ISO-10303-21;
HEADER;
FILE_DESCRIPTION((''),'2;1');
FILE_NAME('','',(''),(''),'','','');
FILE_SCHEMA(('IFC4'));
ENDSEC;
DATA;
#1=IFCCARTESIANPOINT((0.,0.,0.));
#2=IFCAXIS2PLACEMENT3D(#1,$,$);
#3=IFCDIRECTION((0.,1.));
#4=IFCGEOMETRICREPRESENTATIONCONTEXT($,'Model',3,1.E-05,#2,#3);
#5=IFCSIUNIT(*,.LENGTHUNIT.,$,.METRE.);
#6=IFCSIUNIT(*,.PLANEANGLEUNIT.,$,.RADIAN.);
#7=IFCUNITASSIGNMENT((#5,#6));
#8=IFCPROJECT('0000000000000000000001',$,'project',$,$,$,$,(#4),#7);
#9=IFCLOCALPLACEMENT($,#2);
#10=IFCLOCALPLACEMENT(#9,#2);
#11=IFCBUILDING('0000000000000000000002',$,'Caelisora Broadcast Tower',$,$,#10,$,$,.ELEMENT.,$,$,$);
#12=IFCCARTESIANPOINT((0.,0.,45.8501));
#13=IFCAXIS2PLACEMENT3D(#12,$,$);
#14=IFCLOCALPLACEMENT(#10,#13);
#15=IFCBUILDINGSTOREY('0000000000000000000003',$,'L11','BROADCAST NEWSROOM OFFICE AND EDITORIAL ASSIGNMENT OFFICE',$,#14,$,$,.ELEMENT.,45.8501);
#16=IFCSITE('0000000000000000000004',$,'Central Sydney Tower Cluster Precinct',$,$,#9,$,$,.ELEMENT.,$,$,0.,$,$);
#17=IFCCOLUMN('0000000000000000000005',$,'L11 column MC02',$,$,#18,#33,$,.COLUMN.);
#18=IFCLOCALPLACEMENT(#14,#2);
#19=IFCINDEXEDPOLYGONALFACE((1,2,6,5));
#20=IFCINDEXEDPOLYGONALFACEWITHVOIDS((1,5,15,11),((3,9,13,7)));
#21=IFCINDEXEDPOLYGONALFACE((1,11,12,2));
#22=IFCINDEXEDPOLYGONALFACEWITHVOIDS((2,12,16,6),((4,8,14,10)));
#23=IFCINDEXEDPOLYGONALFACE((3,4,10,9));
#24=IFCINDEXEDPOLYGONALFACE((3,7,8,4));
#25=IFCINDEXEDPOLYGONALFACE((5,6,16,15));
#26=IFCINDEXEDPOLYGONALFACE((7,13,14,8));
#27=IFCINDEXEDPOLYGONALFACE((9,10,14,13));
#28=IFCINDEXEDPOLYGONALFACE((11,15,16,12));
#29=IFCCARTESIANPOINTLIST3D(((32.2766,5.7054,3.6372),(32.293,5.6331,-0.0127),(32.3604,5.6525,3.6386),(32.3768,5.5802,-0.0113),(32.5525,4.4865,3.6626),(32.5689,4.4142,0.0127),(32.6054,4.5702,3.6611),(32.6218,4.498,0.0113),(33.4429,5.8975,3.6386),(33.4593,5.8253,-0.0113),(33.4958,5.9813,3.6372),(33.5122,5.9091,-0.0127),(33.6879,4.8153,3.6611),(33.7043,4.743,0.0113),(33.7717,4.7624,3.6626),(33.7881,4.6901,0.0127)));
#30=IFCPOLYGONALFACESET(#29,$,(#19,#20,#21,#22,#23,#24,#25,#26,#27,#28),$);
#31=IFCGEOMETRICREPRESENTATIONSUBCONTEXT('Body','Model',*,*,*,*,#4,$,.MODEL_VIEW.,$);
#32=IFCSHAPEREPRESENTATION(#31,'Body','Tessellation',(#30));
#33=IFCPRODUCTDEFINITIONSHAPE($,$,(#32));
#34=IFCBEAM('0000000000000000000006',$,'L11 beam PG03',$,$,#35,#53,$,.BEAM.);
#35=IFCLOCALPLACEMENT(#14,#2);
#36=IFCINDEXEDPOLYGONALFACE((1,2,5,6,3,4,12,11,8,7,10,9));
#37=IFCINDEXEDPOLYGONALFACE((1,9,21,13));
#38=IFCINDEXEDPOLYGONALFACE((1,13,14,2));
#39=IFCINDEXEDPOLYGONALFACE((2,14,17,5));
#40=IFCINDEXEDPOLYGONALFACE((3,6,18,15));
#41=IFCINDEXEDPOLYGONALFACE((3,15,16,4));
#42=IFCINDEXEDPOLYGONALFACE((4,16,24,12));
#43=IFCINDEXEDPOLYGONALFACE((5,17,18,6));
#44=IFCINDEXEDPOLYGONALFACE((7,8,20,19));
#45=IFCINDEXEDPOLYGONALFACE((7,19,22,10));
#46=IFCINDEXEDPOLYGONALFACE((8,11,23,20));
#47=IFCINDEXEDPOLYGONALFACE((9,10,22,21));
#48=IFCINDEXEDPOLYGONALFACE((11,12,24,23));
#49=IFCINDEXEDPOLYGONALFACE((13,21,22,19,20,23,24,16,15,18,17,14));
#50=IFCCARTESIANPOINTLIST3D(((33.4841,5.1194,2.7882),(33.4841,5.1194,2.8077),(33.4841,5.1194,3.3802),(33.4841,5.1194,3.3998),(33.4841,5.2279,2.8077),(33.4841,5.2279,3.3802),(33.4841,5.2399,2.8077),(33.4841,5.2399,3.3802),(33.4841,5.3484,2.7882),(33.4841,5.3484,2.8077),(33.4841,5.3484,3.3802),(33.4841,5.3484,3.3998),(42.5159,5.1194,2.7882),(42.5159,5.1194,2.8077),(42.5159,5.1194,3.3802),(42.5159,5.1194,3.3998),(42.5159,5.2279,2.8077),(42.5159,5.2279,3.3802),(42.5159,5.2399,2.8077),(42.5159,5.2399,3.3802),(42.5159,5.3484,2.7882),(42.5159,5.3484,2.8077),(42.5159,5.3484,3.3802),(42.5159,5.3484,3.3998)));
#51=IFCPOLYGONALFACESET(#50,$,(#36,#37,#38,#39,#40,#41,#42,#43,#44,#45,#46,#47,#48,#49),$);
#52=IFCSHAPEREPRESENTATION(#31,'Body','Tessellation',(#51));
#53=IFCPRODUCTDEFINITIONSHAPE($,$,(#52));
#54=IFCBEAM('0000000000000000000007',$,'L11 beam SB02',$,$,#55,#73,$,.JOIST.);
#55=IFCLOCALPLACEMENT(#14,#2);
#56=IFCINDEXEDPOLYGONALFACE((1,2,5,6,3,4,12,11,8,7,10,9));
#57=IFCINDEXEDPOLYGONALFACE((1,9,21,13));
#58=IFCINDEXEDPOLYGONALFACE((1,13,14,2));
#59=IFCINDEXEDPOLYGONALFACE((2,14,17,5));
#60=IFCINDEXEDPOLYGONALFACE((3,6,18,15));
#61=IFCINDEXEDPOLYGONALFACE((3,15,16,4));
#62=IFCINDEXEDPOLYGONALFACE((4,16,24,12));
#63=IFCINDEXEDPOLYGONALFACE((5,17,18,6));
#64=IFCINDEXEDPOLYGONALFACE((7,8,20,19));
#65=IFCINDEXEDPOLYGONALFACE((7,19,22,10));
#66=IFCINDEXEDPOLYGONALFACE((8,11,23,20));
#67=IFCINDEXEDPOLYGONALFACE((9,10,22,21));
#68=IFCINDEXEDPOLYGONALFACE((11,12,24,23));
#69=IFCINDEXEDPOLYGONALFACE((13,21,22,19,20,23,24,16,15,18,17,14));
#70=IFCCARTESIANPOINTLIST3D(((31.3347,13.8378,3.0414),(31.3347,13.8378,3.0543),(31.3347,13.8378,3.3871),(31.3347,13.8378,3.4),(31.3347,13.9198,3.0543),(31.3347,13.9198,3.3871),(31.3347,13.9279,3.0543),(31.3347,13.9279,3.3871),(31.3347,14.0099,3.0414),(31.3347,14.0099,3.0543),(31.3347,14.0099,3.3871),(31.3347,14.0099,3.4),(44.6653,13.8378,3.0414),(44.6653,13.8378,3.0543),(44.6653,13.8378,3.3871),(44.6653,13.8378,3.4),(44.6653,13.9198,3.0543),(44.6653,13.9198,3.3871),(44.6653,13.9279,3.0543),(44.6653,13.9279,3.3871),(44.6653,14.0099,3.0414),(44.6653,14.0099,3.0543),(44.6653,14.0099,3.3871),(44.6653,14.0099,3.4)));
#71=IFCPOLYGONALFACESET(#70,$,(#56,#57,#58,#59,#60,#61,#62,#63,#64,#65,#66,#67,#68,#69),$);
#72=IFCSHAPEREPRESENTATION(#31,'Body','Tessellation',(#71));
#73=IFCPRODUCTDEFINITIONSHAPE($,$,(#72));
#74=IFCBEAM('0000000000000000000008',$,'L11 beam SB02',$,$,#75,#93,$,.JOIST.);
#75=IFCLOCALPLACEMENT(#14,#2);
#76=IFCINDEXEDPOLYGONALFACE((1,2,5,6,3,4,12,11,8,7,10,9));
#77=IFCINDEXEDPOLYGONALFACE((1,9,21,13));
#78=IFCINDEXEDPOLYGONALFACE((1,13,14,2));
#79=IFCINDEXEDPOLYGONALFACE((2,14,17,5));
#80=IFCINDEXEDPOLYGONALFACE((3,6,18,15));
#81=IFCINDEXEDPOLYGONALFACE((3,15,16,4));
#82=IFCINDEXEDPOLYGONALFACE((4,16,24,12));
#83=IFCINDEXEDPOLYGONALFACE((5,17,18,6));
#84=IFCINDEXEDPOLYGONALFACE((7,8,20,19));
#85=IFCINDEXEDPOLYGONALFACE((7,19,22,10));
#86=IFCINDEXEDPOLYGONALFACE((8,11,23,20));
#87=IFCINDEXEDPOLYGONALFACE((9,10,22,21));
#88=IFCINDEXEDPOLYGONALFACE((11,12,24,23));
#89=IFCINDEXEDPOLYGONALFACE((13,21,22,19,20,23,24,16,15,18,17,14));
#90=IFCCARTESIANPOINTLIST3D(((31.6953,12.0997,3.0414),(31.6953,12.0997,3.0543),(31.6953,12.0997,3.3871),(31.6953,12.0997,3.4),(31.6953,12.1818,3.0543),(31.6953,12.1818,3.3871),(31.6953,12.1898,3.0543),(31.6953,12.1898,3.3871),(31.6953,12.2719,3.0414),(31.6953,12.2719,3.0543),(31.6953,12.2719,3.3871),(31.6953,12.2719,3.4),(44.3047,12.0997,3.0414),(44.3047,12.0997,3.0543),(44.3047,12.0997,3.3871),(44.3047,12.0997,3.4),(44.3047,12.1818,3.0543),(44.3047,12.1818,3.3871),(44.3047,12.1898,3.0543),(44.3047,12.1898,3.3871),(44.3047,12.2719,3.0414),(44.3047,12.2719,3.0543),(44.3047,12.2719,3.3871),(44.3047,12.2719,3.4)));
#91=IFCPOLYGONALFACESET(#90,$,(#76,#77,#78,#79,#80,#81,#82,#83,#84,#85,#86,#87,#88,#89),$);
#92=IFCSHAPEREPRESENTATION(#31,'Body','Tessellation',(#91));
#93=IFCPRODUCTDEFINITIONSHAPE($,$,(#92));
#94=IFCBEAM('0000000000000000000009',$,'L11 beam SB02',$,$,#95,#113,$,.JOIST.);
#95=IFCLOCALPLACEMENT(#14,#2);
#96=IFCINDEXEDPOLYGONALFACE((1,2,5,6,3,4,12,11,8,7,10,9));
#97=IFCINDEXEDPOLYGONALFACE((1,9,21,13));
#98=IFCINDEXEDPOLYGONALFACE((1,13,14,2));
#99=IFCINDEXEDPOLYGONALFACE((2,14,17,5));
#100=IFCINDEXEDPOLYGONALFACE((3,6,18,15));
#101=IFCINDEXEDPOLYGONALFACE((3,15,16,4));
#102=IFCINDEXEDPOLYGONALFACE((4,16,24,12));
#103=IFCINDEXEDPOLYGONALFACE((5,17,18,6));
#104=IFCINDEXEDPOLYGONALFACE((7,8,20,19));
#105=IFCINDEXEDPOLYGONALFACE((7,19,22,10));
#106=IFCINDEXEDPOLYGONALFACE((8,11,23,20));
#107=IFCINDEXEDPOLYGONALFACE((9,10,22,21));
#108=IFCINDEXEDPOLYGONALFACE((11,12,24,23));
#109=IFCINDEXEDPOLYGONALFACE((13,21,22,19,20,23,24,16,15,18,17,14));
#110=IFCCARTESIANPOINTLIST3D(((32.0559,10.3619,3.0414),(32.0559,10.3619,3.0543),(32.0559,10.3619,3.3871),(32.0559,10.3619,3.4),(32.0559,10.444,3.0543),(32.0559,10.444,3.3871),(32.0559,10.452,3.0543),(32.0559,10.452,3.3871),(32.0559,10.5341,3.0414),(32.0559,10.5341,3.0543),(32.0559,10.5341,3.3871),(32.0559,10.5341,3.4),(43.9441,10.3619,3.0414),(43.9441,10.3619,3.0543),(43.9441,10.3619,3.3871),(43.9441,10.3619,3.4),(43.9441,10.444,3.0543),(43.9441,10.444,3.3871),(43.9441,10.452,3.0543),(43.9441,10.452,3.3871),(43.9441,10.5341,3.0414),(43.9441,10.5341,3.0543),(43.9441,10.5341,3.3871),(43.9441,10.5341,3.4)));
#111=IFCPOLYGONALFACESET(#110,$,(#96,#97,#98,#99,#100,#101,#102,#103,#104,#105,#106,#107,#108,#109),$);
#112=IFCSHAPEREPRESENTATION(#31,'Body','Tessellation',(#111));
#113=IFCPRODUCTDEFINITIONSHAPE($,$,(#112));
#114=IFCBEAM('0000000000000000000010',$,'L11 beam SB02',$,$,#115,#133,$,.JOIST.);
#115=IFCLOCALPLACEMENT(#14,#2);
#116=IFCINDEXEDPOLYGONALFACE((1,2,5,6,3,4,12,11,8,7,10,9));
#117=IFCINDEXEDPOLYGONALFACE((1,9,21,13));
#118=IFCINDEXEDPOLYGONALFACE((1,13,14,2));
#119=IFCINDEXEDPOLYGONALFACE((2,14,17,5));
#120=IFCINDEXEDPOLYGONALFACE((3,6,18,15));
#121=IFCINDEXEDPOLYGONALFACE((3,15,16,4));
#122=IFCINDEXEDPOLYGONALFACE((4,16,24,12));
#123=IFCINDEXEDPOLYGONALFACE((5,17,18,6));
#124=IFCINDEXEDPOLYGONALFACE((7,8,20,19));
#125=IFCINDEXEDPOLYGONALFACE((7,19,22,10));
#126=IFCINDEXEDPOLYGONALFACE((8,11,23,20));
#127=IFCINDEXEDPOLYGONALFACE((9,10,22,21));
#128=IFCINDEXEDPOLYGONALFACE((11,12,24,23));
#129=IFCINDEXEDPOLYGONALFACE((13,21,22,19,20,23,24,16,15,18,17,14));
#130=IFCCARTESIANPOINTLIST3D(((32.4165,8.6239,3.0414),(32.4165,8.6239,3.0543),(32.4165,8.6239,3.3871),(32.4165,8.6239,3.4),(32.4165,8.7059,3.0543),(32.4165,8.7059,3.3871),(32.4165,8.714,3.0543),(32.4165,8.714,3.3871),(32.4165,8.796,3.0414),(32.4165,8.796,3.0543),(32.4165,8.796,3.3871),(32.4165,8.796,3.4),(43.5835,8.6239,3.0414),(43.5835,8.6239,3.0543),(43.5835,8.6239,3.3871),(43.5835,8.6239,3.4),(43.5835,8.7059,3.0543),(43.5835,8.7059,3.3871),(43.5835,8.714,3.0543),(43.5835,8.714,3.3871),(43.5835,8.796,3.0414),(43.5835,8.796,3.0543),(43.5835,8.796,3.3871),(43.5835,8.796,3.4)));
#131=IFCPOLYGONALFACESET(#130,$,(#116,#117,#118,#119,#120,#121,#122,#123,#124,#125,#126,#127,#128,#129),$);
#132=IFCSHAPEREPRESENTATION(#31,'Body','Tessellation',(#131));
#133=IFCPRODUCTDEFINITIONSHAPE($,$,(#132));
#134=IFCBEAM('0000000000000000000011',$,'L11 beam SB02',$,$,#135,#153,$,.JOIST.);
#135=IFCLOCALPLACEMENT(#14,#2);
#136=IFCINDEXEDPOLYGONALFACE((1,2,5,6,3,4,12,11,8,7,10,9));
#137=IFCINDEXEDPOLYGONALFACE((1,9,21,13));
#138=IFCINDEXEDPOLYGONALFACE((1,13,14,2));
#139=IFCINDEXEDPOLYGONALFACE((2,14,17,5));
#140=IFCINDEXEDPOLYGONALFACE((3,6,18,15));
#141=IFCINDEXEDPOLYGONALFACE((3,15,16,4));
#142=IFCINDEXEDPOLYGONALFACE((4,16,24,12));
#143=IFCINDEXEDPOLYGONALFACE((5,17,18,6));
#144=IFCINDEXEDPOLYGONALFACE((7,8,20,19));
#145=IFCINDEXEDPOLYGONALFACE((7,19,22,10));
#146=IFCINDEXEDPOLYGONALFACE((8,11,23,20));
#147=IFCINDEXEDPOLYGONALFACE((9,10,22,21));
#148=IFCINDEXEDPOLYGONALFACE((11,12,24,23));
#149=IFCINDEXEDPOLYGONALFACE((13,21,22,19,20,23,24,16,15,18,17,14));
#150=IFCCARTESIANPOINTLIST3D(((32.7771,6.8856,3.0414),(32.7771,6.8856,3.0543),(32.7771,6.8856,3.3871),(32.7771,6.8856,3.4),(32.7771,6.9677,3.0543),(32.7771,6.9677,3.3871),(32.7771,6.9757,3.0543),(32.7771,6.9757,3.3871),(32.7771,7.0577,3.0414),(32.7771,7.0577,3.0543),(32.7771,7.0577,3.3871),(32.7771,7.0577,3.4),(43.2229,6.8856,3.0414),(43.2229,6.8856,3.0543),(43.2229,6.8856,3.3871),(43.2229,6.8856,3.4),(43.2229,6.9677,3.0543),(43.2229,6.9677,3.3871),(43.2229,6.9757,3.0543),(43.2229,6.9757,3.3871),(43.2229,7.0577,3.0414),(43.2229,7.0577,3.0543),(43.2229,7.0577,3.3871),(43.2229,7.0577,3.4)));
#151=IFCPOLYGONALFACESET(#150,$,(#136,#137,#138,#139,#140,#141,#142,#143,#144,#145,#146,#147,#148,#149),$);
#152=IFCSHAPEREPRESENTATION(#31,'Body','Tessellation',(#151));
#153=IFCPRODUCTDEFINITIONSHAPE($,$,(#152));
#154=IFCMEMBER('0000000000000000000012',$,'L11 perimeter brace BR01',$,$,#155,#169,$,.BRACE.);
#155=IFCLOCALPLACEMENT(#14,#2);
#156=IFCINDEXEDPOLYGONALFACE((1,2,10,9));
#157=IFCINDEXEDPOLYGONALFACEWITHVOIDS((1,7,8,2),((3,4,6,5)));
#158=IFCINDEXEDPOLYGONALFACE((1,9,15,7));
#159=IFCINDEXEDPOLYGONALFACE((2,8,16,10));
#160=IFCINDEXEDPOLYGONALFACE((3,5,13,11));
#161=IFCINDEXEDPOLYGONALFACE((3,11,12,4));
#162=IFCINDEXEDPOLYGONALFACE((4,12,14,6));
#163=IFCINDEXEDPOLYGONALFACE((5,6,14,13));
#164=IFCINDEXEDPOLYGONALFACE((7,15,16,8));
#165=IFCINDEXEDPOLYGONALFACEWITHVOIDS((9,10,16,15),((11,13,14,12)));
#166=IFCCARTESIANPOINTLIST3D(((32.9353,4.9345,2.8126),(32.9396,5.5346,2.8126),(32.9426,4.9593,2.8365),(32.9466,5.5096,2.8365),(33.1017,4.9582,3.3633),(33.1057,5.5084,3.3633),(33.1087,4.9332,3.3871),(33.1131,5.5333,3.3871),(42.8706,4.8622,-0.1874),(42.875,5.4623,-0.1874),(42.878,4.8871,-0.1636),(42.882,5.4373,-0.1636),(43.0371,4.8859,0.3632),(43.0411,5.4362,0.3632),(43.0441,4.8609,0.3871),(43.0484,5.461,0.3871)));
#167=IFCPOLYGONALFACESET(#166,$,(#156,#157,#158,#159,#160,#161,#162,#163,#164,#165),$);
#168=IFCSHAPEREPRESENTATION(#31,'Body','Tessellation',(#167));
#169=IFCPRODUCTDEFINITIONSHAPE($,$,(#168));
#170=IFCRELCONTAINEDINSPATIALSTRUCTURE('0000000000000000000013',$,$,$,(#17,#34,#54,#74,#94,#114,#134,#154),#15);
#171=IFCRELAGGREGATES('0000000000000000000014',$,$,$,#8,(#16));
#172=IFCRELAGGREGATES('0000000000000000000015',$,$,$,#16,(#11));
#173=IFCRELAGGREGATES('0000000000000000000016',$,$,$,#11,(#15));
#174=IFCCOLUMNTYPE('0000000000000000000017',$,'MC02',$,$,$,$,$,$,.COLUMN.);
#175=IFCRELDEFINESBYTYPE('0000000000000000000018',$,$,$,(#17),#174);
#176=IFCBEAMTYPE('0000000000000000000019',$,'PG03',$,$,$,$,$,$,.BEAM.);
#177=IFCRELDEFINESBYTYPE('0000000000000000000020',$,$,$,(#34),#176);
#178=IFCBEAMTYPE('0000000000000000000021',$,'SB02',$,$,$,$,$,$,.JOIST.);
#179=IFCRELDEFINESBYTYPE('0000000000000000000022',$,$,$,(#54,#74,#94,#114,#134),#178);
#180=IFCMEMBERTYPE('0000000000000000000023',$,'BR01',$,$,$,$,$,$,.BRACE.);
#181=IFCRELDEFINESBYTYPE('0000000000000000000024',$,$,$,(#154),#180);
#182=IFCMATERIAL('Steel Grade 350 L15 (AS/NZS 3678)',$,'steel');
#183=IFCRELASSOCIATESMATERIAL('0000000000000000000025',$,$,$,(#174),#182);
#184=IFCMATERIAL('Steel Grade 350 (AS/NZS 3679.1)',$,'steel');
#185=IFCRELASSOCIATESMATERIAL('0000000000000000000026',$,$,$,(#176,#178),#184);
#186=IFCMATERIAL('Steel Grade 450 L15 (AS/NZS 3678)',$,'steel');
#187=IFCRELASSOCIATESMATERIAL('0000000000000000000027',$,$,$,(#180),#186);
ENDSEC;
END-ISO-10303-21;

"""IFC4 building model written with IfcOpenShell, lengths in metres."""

from ifc_helpers import new_model, si_unit, direction, frame, origin, origin_2d, place, context, subcontext, project, spatial, hollow_rectangle, i_section, extrude, source, transform, mapped, material, material_profile, profile_set, type_object, type_shapes, element, save


model = new_model("IFC4")

# Units and contexts
model_context = context("Model", 3, precision=1e-05, world=origin(), true_north=direction((0.0, 1.0)))
body_context = subcontext(model_context, "Body", "Model", "MODEL_VIEW")
ifc_project = project(units=[si_unit("LENGTHUNIT", "METRE"), si_unit("PLANEANGLEUNIT", "RADIAN")], contexts=[model_context])

# Site, building, storey
site_placement = place(None, origin())
site = spatial("IfcSite", under=ifc_project, at=site_placement, Name="Central Sydney Tower Cluster Precinct", CompositionType="ELEMENT", RefElevation=0.0)
building_placement = place(site_placement, origin())
building = spatial("IfcBuilding", under=site, at=building_placement, Name="Caelisora Broadcast Tower", CompositionType="ELEMENT")
storey_placement = place(building_placement, frame((0.0, 0.0, 45.8501)))
storey = spatial("IfcBuildingStorey", under=building, at=storey_placement, Name="L11", Description="BROADCAST NEWSROOM OFFICE AND EDITORIAL ASSIGNMENT OFFICE", CompositionType="ELEMENT", Elevation=45.8501)

# Column
ifc_material_1 = material(Name="Steel Grade 350 L15 (AS/NZS 3678)", Category="steel")
ifc_material_profile_1 = material_profile(ifc_material_1, hollow_rectangle(XDim=1.25, YDim=1.25, WallThickness=0.0701, at=origin_2d()), Name="Steel Grade 350 L15 (AS/NZS 3678)")
ifc_profile_set_1 = profile_set([ifc_material_profile_1], Name="Steel Grade 350 L15 (AS/NZS 3678)")
column_type = type_object("IfcColumnType", Name="MC02", PredefinedType="COLUMN", material=ifc_profile_set_1)
shared_shape_1 = source(origin(), body_context, "Body", "SweptSolid", [
    extrude(hollow_rectangle(XDim=1.25, YDim=1.25, WallThickness=0.0701, at=origin_2d()), origin(), (0.0, 0.0, 1.0), 3.6506),
])
type_shapes(column_type, [shared_shape_1])
column_placement = place(storey_placement, frame((33.0405, 5.1616, 0.0), z_axis=(-0.004481, 0.019795, 0.999794), x_axis=(-0.975327, -0.220767, 0.0)))
element("IfcColumn", 1, at=column_placement, inside=storey, type_object=column_type, Name="L11 column MC02", PredefinedType="COLUMN", context=body_context, shape_type="MappedRepresentation", body=[
    mapped(shared_shape_1, transform((0.0, 0.0, 0.0), scale=1.0)),
])

# Beams
ifc_material_2 = material(Name="Steel Grade 350 (AS/NZS 3679.1)", Category="steel")
ifc_material_profile_2 = material_profile(ifc_material_2, i_section(OverallWidth=0.229, OverallDepth=0.6116, WebThickness=0.012, FlangeThickness=0.0195, at=origin_2d()), Name="Steel Grade 350 (AS/NZS 3679.1)")
ifc_profile_set_2 = profile_set([ifc_material_profile_2], Name="Steel Grade 350 (AS/NZS 3679.1)")
beam_type_1 = type_object("IfcBeamType", Name="PG03", PredefinedType="BEAM", material=ifc_profile_set_2)
shared_shape_2 = source(origin(), body_context, "Body", "SweptSolid", [
    extrude(i_section(OverallWidth=0.229, OverallDepth=0.6116, WebThickness=0.012, FlangeThickness=0.0195, at=origin_2d()), origin(), (0.0, 0.0, 1.0), 9.0317),
])
type_shapes(beam_type_1, [shared_shape_2])
beam_1_placement = place(storey_placement, frame((33.4841, 5.2339, 3.094), z_axis=(1.0, 0.0, 0.0), x_axis=(0.0, 1.0, 0.0)))
element("IfcBeam", 2, at=beam_1_placement, inside=storey, type_object=beam_type_1, Name="L11 beam PG03", PredefinedType="BEAM", context=body_context, shape_type="MappedRepresentation", body=[
    mapped(shared_shape_2, transform((0.0, 0.0, 0.0), scale=1.0)),
])
ifc_material_profile_3 = material_profile(ifc_material_2, i_section(OverallWidth=0.1721, OverallDepth=0.3586, WebThickness=0.0081, FlangeThickness=0.0129, at=origin_2d()), Name="Steel Grade 350 (AS/NZS 3679.1)")
ifc_profile_set_3 = profile_set([ifc_material_profile_3], Name="Steel Grade 350 (AS/NZS 3679.1)")
beam_type_2 = type_object("IfcBeamType", Name="SB02", PredefinedType="JOIST", material=ifc_profile_set_3)
shared_shape_3 = source(origin(), body_context, "Body", "SweptSolid", [
    extrude(i_section(OverallWidth=0.1721, OverallDepth=0.3586, WebThickness=0.0081, FlangeThickness=0.0129, at=origin_2d()), origin(), (0.0, 0.0, 1.0), 13.3306),
])
beam_2_placement = place(storey_placement, frame((31.3347, 13.9238, 3.2207), z_axis=(1.0, 0.0, 0.0), x_axis=(0.0, 1.0, 0.0)))
element("IfcBeam", 3, at=beam_2_placement, inside=storey, type_object=beam_type_2, Name="L11 beam SB02", PredefinedType="JOIST", context=body_context, shape_type="MappedRepresentation", body=[
    mapped(shared_shape_3, transform((0.0, 0.0, 0.0), scale=1.0)),
])
shared_shape_4 = source(origin(), body_context, "Body", "SweptSolid", [
    extrude(i_section(OverallWidth=0.1721, OverallDepth=0.3586, WebThickness=0.0081, FlangeThickness=0.0129, at=origin_2d()), origin(), (0.0, 0.0, 1.0), 12.6094),
])
beam_3_placement = place(storey_placement, frame((31.6953, 12.1858, 3.2207), z_axis=(1.0, 0.0, 0.0), x_axis=(0.0, 1.0, 0.0)))
element("IfcBeam", 4, at=beam_3_placement, inside=storey, type_object=beam_type_2, Name="L11 beam SB02", PredefinedType="JOIST", context=body_context, shape_type="MappedRepresentation", body=[
    mapped(shared_shape_4, transform((0.0, 0.0, 0.0), scale=1.0)),
])
shared_shape_5 = source(origin(), body_context, "Body", "SweptSolid", [
    extrude(i_section(OverallWidth=0.1721, OverallDepth=0.3586, WebThickness=0.0081, FlangeThickness=0.0129, at=origin_2d()), origin(), (0.0, 0.0, 1.0), 11.8882),
])
beam_4_placement = place(storey_placement, frame((32.0559, 10.448, 3.2207), z_axis=(1.0, 0.0, 0.0), x_axis=(0.0, 1.0, 0.0)))
element("IfcBeam", 5, at=beam_4_placement, inside=storey, type_object=beam_type_2, Name="L11 beam SB02", PredefinedType="JOIST", context=body_context, shape_type="MappedRepresentation", body=[
    mapped(shared_shape_5, transform((0.0, 0.0, 0.0), scale=1.0)),
])
shared_shape_6 = source(origin(), body_context, "Body", "SweptSolid", [
    extrude(i_section(OverallWidth=0.1721, OverallDepth=0.3586, WebThickness=0.0081, FlangeThickness=0.0129, at=origin_2d()), origin(), (0.0, 0.0, 1.0), 11.167),
])
beam_5_placement = place(storey_placement, frame((32.4165, 8.71, 3.2207), z_axis=(1.0, 0.0, 0.0), x_axis=(0.0, 1.0, 0.0)))
element("IfcBeam", 6, at=beam_5_placement, inside=storey, type_object=beam_type_2, Name="L11 beam SB02", PredefinedType="JOIST", context=body_context, shape_type="MappedRepresentation", body=[
    mapped(shared_shape_6, transform((0.0, 0.0, 0.0), scale=1.0)),
])
shared_shape_7 = source(origin(), body_context, "Body", "SweptSolid", [
    extrude(i_section(OverallWidth=0.1721, OverallDepth=0.3586, WebThickness=0.0081, FlangeThickness=0.0129, at=origin_2d()), origin(), (0.0, 0.0, 1.0), 10.4458),
])
type_shapes(beam_type_2, [shared_shape_3, shared_shape_4, shared_shape_5, shared_shape_6, shared_shape_7])
beam_6_placement = place(storey_placement, frame((32.7771, 6.9717, 3.2207), z_axis=(1.0, 0.0, 0.0), x_axis=(0.0, 1.0, 0.0)))
element("IfcBeam", 7, at=beam_6_placement, inside=storey, type_object=beam_type_2, Name="L11 beam SB02", PredefinedType="JOIST", context=body_context, shape_type="MappedRepresentation", body=[
    mapped(shared_shape_7, transform((0.0, 0.0, 0.0), scale=1.0)),
])

# Member
ifc_material_3 = material(Name="Steel Grade 450 L15 (AS/NZS 3678)", Category="steel")
ifc_material_profile_4 = material_profile(ifc_material_3, hollow_rectangle(XDim=0.6001, YDim=0.6001, WallThickness=0.0249, at=origin_2d()), Name="Steel Grade 450 L15 (AS/NZS 3678)")
ifc_profile_set_4 = profile_set([ifc_material_profile_4], Name="Steel Grade 450 L15 (AS/NZS 3678)")
member_type_1 = type_object("IfcMemberType", Name="BR01", PredefinedType="BRACE", material=ifc_profile_set_4)
shared_shape_8 = source(origin(), body_context, "Body", "SweptSolid", [
    extrude(hollow_rectangle(XDim=0.6001, YDim=0.6001, WallThickness=0.0249, at=origin_2d()), origin(), (0.0, 0.0, 1.0), 10.3787),
])
type_shapes(member_type_1, [shared_shape_8])
member_1_placement = place(storey_placement, frame((33.0242, 5.2339, 3.0999), z_axis=(0.957287, -0.006963, -0.289056), x_axis=(0.007273, 0.999974, 0.0)))
element("IfcMember", 8, at=member_1_placement, inside=storey, type_object=member_type_1, Name="L11 perimeter brace BR01", PredefinedType="BRACE", context=body_context, shape_type="MappedRepresentation", body=[
    mapped(shared_shape_8, transform((0.0, 0.0, 0.0), scale=1.0)),
])

save(model, "model.ifc")
